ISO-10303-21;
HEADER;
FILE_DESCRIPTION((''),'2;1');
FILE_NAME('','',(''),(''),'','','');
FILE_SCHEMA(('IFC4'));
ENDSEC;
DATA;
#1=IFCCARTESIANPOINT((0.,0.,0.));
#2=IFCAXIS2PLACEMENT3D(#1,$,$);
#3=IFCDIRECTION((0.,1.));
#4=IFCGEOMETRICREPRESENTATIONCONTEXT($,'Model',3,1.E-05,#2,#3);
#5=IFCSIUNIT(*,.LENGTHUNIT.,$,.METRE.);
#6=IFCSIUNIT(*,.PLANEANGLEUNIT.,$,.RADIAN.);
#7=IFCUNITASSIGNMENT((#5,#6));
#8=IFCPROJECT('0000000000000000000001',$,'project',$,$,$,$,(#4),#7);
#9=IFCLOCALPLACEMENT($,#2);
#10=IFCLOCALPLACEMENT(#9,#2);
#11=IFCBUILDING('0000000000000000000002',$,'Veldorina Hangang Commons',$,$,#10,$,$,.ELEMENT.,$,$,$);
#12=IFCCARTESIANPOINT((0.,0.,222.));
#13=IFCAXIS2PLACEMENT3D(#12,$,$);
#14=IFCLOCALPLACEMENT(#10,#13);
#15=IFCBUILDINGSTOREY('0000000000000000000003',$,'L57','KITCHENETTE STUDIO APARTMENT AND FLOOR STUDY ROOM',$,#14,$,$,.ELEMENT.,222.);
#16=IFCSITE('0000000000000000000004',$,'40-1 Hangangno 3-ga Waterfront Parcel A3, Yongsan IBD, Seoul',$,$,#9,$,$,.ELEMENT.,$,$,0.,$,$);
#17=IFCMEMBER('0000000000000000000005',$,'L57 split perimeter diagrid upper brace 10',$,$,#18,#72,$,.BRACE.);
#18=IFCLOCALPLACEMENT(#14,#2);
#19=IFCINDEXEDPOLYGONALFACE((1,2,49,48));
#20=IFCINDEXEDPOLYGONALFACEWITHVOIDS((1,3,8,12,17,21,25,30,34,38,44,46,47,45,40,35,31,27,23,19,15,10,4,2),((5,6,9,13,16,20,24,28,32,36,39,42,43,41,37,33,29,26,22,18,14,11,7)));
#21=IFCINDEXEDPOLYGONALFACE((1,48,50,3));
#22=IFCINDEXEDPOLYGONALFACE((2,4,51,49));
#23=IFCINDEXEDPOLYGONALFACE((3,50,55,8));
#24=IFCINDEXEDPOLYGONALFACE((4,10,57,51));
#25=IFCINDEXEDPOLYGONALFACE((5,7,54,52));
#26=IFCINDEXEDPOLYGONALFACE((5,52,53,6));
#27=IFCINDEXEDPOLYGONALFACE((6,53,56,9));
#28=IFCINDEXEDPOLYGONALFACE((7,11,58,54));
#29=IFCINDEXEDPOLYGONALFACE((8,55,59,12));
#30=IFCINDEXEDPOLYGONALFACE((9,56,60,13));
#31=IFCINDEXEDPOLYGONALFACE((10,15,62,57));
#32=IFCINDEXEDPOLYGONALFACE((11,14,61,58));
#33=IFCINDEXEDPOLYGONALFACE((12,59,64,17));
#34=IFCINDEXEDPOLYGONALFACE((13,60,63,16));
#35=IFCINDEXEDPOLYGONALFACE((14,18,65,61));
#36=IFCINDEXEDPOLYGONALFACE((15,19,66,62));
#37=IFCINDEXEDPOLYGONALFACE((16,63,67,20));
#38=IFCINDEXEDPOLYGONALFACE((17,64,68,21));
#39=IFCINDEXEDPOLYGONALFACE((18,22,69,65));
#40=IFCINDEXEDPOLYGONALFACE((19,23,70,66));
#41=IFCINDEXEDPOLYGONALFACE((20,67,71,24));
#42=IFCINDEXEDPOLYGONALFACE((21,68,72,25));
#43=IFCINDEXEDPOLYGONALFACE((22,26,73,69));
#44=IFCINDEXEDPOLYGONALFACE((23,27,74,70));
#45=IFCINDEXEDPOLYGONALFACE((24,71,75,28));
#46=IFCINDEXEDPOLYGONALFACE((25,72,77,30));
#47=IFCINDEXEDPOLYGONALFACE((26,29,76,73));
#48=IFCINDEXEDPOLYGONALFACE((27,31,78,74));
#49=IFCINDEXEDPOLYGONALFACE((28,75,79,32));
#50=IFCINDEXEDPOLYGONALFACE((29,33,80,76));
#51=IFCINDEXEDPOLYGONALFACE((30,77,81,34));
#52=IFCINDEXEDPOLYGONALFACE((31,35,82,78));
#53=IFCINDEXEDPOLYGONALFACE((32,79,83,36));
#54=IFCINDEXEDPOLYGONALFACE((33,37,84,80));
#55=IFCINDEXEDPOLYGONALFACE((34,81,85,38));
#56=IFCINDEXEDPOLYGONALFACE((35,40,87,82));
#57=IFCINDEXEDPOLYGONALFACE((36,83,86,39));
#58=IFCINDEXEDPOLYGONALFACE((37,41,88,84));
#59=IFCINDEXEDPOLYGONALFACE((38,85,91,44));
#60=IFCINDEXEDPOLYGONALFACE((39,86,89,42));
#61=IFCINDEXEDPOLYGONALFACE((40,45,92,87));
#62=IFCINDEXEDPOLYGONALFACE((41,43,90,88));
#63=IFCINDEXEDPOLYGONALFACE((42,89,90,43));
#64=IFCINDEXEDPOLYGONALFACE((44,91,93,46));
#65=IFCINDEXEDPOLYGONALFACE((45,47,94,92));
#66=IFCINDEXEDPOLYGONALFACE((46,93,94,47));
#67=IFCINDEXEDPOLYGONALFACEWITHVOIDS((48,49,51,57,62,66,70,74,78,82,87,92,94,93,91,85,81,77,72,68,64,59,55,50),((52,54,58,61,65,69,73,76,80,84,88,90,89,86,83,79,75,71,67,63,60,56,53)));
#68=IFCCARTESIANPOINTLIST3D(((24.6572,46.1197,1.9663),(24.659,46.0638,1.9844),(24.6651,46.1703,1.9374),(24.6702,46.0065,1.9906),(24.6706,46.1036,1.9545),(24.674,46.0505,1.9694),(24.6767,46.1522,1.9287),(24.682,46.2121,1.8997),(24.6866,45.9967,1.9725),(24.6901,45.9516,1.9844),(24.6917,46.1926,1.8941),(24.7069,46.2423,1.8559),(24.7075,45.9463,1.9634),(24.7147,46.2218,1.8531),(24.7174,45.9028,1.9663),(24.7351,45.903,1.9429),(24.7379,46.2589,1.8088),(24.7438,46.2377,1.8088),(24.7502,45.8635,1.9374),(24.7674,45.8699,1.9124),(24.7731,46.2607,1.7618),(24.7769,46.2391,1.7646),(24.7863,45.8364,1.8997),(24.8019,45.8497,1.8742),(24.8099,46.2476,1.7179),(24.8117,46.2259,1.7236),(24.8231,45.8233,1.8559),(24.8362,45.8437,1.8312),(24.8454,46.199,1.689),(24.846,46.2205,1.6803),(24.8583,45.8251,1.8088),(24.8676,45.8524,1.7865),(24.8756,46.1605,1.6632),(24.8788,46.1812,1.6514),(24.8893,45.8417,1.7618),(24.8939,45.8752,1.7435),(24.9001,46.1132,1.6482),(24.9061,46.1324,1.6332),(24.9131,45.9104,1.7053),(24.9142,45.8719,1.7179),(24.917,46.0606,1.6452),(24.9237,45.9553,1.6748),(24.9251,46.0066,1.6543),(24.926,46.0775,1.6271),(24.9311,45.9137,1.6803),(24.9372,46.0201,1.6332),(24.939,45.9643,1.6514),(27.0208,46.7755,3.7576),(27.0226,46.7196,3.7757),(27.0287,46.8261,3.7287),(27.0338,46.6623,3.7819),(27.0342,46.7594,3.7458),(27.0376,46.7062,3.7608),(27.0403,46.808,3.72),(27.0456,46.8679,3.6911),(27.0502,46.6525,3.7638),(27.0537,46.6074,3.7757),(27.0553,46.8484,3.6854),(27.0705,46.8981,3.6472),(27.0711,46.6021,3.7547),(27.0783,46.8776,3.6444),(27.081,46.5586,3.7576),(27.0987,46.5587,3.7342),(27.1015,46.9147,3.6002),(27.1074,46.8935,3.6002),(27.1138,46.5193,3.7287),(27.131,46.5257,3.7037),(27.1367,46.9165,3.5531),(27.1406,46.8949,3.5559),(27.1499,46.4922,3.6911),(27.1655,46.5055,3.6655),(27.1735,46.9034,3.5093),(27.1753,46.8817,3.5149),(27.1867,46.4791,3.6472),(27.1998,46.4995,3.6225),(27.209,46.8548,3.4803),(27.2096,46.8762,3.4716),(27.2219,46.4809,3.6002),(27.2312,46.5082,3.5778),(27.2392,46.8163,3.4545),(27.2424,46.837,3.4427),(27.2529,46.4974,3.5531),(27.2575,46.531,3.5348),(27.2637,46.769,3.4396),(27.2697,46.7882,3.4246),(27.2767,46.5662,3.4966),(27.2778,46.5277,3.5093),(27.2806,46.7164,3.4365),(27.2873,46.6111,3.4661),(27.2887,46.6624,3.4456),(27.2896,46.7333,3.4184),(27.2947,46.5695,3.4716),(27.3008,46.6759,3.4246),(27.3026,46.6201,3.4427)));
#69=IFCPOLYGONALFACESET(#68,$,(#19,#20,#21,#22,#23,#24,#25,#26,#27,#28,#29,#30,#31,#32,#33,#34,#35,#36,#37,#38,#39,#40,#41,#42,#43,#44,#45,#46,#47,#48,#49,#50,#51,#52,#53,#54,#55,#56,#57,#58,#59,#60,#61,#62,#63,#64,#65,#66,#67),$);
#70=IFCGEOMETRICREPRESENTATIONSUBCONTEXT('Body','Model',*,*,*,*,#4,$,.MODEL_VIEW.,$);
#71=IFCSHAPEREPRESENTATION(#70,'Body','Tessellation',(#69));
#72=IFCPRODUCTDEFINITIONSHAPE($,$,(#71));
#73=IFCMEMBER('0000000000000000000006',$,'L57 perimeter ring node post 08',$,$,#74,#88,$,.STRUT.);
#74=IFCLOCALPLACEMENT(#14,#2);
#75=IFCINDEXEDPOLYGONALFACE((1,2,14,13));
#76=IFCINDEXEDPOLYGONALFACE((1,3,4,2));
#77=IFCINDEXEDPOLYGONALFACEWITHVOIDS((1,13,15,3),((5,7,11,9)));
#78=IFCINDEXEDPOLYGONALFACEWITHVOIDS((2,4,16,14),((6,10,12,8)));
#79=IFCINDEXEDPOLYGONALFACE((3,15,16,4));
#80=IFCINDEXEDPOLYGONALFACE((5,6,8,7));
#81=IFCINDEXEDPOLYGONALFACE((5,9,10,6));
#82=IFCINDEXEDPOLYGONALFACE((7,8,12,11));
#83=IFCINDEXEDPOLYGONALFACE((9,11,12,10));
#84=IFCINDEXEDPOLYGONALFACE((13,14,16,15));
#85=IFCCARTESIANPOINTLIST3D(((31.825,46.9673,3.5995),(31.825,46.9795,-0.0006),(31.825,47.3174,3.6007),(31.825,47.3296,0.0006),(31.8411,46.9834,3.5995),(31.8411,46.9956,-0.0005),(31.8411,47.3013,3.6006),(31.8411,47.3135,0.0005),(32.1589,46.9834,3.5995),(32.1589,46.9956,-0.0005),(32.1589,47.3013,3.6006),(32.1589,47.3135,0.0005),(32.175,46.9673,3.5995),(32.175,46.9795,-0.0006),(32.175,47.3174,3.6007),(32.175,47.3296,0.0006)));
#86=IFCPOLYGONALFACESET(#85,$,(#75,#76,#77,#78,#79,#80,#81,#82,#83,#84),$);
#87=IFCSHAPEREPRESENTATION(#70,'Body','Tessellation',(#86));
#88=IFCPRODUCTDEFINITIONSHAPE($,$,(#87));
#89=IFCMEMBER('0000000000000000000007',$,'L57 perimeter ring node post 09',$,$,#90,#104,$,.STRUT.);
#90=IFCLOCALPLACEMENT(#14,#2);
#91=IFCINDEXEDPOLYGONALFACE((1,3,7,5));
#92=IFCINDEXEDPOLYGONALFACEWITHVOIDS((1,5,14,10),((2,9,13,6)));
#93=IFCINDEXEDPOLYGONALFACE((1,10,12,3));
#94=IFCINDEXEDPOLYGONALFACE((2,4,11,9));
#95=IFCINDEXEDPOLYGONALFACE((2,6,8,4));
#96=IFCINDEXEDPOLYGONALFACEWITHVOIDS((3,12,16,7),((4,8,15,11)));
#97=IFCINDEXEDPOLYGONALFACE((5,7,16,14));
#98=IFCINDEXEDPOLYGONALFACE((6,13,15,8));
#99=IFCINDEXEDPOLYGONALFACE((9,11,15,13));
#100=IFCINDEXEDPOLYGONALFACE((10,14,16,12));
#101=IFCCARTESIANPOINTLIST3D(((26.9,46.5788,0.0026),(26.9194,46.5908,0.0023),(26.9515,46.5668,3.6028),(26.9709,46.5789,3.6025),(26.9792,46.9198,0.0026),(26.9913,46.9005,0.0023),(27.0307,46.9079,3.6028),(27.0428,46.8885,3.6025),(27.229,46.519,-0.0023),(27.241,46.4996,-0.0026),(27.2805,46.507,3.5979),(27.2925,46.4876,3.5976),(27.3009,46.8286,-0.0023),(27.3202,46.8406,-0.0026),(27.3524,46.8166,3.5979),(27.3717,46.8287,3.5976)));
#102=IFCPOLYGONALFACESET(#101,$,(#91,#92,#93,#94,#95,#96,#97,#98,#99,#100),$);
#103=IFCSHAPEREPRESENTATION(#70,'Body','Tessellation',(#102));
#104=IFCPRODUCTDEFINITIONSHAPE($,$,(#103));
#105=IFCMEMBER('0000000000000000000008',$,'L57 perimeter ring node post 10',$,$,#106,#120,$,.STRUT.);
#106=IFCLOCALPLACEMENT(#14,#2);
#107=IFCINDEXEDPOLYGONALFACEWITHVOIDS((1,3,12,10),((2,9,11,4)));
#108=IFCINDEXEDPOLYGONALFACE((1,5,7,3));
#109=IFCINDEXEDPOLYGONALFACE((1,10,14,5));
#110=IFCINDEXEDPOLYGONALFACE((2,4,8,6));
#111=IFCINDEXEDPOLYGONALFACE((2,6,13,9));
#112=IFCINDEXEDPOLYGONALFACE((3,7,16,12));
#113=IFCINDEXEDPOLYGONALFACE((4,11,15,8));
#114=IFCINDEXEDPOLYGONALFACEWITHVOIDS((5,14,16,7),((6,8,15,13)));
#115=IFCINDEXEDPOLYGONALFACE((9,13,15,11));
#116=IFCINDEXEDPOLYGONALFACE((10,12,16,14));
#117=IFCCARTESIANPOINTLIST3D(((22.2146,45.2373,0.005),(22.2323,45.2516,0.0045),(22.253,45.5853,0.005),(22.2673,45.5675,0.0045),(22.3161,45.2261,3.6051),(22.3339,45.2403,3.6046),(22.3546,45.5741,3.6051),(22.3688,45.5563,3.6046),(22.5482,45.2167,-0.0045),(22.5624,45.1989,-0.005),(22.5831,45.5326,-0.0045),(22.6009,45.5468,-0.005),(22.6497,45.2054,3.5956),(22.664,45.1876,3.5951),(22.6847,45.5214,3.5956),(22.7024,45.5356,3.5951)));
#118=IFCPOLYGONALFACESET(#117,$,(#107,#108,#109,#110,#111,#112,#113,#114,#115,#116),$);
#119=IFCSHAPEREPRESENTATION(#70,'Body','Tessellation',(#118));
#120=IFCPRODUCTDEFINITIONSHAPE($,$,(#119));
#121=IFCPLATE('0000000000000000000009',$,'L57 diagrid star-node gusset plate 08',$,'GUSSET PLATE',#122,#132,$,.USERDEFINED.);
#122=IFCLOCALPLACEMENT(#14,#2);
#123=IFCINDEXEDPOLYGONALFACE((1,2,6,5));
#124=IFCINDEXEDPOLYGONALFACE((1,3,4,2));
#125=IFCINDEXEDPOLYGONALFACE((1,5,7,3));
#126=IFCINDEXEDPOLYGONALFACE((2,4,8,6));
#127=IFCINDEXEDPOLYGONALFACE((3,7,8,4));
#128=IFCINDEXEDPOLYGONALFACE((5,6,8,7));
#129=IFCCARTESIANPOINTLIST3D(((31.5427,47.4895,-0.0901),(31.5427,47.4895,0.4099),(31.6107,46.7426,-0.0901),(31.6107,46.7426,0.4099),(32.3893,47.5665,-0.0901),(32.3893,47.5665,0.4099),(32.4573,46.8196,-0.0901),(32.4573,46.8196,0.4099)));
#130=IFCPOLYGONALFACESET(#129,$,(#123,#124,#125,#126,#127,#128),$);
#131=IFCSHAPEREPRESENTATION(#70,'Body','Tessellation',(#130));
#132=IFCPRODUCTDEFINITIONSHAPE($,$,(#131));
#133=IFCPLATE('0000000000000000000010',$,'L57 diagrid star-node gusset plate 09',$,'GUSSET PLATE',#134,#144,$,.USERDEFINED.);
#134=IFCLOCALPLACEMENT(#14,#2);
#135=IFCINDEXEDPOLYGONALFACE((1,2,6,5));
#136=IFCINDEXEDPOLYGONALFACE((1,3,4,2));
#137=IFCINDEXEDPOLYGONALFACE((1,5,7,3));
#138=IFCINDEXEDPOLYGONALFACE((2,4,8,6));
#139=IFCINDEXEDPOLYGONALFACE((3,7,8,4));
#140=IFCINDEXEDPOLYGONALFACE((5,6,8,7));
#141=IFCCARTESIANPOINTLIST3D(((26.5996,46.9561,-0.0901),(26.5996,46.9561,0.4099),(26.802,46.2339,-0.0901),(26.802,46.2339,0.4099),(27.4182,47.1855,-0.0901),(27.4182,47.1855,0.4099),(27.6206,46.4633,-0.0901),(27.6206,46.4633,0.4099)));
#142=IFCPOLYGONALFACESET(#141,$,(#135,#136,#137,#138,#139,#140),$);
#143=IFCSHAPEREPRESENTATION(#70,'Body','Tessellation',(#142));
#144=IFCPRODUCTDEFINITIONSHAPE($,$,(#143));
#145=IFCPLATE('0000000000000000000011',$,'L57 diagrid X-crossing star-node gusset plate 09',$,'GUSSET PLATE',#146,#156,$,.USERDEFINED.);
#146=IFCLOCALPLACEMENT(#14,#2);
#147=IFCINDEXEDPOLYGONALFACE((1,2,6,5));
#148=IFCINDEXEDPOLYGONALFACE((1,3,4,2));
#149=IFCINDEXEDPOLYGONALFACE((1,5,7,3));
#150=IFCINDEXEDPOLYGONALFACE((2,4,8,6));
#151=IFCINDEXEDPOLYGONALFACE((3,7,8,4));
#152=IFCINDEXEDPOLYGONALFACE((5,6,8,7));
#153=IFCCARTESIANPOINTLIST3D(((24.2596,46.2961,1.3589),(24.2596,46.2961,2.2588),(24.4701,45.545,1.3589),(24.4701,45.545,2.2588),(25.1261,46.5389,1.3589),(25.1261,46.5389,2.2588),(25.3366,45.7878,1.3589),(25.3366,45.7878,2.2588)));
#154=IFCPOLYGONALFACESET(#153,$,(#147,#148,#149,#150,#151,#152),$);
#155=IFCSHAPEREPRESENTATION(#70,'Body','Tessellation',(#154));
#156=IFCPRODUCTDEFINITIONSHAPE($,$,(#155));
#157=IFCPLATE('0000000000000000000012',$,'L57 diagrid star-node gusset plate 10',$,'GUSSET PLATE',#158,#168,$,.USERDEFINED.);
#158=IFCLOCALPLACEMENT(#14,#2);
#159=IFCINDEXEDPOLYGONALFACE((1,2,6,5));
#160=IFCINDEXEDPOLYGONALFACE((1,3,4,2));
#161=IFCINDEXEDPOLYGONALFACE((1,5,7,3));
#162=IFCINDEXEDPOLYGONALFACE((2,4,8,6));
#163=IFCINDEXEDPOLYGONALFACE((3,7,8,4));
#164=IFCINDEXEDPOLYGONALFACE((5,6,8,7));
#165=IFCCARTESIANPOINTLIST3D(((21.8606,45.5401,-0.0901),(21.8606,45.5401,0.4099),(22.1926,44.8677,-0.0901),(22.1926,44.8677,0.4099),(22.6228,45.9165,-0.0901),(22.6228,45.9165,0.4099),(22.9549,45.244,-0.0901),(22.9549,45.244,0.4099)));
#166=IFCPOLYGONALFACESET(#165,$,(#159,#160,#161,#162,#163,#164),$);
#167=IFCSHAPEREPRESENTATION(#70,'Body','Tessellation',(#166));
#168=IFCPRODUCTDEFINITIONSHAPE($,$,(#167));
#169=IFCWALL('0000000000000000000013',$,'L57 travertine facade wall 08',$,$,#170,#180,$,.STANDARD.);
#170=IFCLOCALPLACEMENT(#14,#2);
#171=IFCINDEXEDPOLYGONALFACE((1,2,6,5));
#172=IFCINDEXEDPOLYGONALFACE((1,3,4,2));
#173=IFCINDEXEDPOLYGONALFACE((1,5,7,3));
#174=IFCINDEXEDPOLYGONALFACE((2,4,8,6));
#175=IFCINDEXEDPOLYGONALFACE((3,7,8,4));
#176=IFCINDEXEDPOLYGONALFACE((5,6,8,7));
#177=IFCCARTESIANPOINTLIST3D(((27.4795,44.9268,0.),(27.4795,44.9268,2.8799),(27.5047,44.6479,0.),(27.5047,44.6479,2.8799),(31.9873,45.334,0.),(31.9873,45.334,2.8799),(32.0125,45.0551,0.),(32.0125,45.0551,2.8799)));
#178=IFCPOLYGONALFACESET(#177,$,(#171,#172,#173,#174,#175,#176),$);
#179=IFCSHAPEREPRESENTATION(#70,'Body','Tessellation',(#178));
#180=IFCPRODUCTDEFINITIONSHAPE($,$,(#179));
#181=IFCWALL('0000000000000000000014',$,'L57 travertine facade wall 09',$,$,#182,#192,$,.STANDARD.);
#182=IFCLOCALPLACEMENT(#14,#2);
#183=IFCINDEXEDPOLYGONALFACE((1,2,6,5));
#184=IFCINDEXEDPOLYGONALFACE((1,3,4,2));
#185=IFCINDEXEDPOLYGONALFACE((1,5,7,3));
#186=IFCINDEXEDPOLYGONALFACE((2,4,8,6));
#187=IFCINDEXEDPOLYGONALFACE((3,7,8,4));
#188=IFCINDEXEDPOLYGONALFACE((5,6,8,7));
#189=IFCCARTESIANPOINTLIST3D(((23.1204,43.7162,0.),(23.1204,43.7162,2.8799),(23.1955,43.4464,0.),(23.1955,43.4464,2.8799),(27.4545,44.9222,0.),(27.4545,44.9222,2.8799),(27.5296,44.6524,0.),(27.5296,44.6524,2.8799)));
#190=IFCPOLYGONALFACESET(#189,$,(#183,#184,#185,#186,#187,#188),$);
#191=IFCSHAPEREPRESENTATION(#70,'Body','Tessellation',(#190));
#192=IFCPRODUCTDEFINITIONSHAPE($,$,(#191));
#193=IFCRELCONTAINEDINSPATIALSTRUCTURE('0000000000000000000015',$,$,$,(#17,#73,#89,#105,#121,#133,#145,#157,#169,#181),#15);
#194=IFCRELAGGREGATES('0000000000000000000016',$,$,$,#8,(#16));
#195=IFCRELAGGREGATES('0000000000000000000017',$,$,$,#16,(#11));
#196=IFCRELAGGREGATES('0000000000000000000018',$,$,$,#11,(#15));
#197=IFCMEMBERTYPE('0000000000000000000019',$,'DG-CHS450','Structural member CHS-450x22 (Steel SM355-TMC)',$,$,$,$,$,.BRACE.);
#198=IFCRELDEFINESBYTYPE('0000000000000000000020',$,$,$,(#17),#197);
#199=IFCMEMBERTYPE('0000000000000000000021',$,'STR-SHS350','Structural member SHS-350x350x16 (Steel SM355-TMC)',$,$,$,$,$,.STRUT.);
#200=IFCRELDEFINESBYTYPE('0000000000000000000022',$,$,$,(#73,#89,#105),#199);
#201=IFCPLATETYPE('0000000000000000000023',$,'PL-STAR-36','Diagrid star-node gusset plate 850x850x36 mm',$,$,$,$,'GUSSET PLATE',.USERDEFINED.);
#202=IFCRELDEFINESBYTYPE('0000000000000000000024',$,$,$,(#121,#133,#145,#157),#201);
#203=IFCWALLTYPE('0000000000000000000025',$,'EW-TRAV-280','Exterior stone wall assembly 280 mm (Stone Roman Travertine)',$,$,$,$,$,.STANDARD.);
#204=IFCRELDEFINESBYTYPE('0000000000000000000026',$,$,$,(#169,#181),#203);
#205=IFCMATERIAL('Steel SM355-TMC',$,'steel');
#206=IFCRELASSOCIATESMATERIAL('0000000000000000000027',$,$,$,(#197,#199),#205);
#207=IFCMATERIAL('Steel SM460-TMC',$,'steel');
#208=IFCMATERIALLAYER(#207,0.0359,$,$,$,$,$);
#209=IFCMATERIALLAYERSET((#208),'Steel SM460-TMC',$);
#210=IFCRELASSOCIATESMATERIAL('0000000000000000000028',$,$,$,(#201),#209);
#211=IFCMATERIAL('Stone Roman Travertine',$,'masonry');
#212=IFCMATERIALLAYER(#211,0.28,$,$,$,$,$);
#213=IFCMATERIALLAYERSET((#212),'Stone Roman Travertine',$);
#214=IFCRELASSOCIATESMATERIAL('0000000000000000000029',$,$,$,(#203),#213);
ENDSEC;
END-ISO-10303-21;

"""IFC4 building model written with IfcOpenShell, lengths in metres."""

from ifc_helpers import new_model, si_unit, direction, frame, frame_2d, origin, origin_2d, place, context, subcontext, project, spatial, rectangle, hollow_rectangle, hollow_circle, extrude, material, layer, layer_set, material_profile, profile_set, type_object, element, save


model = new_model("IFC4")

# Units and contexts
model_context = context("Model", 3, precision=1e-05, world=origin(), true_north=direction((0.0, 1.0)))
body_context = subcontext(model_context, "Body", "Model", "MODEL_VIEW")
ifc_project = project(units=[si_unit("LENGTHUNIT", "METRE"), si_unit("PLANEANGLEUNIT", "RADIAN")], contexts=[model_context])

# Site, building, storey
site_placement = place(None, origin())
site = spatial("IfcSite", under=ifc_project, at=site_placement, Name="40-1 Hangangno 3-ga Waterfront Parcel A3, Yongsan IBD, Seoul", CompositionType="ELEMENT", RefElevation=0.0)
building_placement = place(site_placement, origin())
building = spatial("IfcBuilding", under=site, at=building_placement, Name="Veldorina Hangang Commons", CompositionType="ELEMENT")
storey_placement = place(building_placement, frame((0.0, 0.0, 222.0)))
storey = spatial("IfcBuildingStorey", under=building, at=storey_placement, Name="L57", Description="KITCHENETTE STUDIO APARTMENT AND FLOOR STUDY ROOM", CompositionType="ELEMENT", Elevation=222.0)

# Shared definitions
ifc_material_1 = material(Name="Steel SM355-TMC", Category="steel")

# Members
ifc_material_profile_1 = material_profile(ifc_material_1, hollow_circle(Radius=0.2251, WallThickness=0.022, at=origin_2d()), Name="CHS-450x22")
ifc_profile_set_1 = profile_set([ifc_material_profile_1], Name="Steel SM355-TMC")
member_type_1 = type_object("IfcMemberType", Name="DG-CHS450", Description="Structural member CHS-450x22 (Steel SM355-TMC)", PredefinedType="BRACE", material=ifc_profile_set_1)
member_1_placement = place(storey_placement, frame((24.7981, 46.042, 1.8088), z_axis=(0.778179, 0.215906, 0.589764), x_axis=(-0.267351, 0.963599, 0.0)))
element("IfcMember", 1, at=member_1_placement, inside=storey, type_object=member_type_1, Name="L57 split perimeter diagrid upper brace 10", PredefinedType="BRACE", context=body_context, shape_type="SweptSolid", body=[
    extrude(hollow_circle(Radius=0.2251, WallThickness=0.022, at=origin_2d()), origin(), (0.0, 0.0, 1.0), 3.0374),
])
ifc_material_profile_2 = material_profile(ifc_material_1, hollow_rectangle(XDim=0.3501, YDim=0.3501, WallThickness=0.0161, at=origin_2d()), Name="SHS-350x350x16")
ifc_profile_set_2 = profile_set([ifc_material_profile_2], Name="Steel SM355-TMC")
member_type_2 = type_object("IfcMemberType", Name="STR-SHS350", Description="Structural member SHS-350x350x16 (Steel SM355-TMC)", PredefinedType="STRUT", material=ifc_profile_set_2)
member_2_placement = place(storey_placement, frame((32.0, 47.1545, 0.0), z_axis=(0.0, -0.003391, 0.999994), x_axis=(1.0, 0.0, 0.0)))
element("IfcMember", 2, at=member_2_placement, inside=storey, type_object=member_type_2, Name="L57 perimeter ring node post 08", PredefinedType="STRUT", context=body_context, shape_type="SweptSolid", body=[
    extrude(hollow_rectangle(XDim=0.3501, YDim=0.3501, WallThickness=0.0161, at=origin_2d()), origin(), (0.0, 0.0, 1.0), 3.6001),
])
member_3_placement = place(storey_placement, frame((27.1101, 46.7097, 0.0), z_axis=(0.014307, -0.003323, 0.999892), x_axis=(0.226208, 0.974079, 0.0)))
element("IfcMember", 3, at=member_3_placement, inside=storey, type_object=member_type_2, Name="L57 perimeter ring node post 09", PredefinedType="STRUT", context=body_context, shape_type="SweptSolid", body=[
    extrude(hollow_rectangle(XDim=0.3501, YDim=0.3501, WallThickness=0.0161, at=origin_2d()), origin(), (0.0, 0.0, 1.0), 3.6006),
])
member_4_placement = place(storey_placement, frame((22.4077, 45.3921, 0.0), z_axis=(0.0282, -0.003118, 0.999597), x_axis=(0.109907, 0.993942, 0.0)))
element("IfcMember", 4, at=member_4_placement, inside=storey, type_object=member_type_2, Name="L57 perimeter ring node post 10", PredefinedType="STRUT", context=body_context, shape_type="SweptSolid", body=[
    extrude(hollow_rectangle(XDim=0.3501, YDim=0.3501, WallThickness=0.0161, at=origin_2d()), origin(), (0.0, 0.0, 1.0), 3.6016),
])

# Plates
ifc_material_2 = material(Name="Steel SM460-TMC", Category="steel")
ifc_layer_1 = layer(ifc_material_2, 0.0359)
ifc_layer_set_1 = layer_set([ifc_layer_1], Name="Steel SM460-TMC")
plate_type = type_object("IfcPlateType", Name="PL-STAR-36", Description="Diagrid star-node gusset plate 850x850x36 mm", ElementType="GUSSET PLATE", PredefinedType="USERDEFINED", material=ifc_layer_set_1)
for number, where, z_axis, x_axis, name in (
    (5, (32.0, 47.1545, -0.0901), (0.0, 0.0, 1.0), (-0.995886, -0.090615, 0.0), "L57 diagrid star-node gusset plate 08"),
    (6, (27.1101, 46.7097, -0.0901), (0.0, 0.0, 1.0), (-0.962913, -0.269811, 0.0), "L57 diagrid star-node gusset plate 09"),
):
    element("IfcPlate", number, at=place(storey_placement, frame(where, z_axis=z_axis, x_axis=x_axis)), inside=storey, type_object=plate_type, Name=name, ObjectType="GUSSET PLATE", PredefinedType="USERDEFINED", context=body_context, shape_type="SweptSolid", body=[
        extrude(rectangle(XDim=0.8501, YDim=0.75, at=origin_2d()), origin(), (0.0, 0.0, 1.0), 0.5),
    ])
plate_1_placement = place(storey_placement, frame((24.7981, 46.042, 1.3589), z_axis=(0.0, 0.0, 1.0), x_axis=(-0.962913, -0.269811, 0.0)))
element("IfcPlate", 7, at=plate_1_placement, inside=storey, type_object=plate_type, Name="L57 diagrid X-crossing star-node gusset plate 09", ObjectType="GUSSET PLATE", PredefinedType="USERDEFINED", context=body_context, shape_type="SweptSolid", body=[
    extrude(rectangle(XDim=0.8999, YDim=0.78, at=origin_2d()), origin(), (0.0, 0.0, 1.0), 0.8999),
])
plate_2_placement = place(storey_placement, frame((22.4077, 45.3921, -0.0901), z_axis=(0.0, 0.0, 1.0), x_axis=(-0.896649, -0.442743, 0.0)))
element("IfcPlate", 8, at=plate_2_placement, inside=storey, type_object=plate_type, Name="L57 diagrid star-node gusset plate 10", ObjectType="GUSSET PLATE", PredefinedType="USERDEFINED", context=body_context, shape_type="SweptSolid", body=[
    extrude(rectangle(XDim=0.8501, YDim=0.75, at=origin_2d()), origin(), (0.0, 0.0, 1.0), 0.5),
])

# Walls
ifc_material_3 = material(Name="Stone Roman Travertine", Category="masonry")
ifc_layer_2 = layer(ifc_material_3, 0.28)
ifc_layer_set_2 = layer_set([ifc_layer_2], Name="Stone Roman Travertine")
wall_type_1 = type_object("IfcWallType", Name="EW-TRAV-280", Description="Exterior stone wall assembly 280 mm (Stone Roman Travertine)", PredefinedType="STANDARD", material=ifc_layer_set_2)
wall_1_placement = place(storey_placement, frame((32.0, 45.1946, 0.0), z_axis=(0.0, 0.0, 1.0), x_axis=(-0.995944, -0.089972, 0.0)))
element("IfcWall", 9, at=wall_1_placement, inside=storey, type_object=wall_type_1, Name="L57 travertine facade wall 08", PredefinedType="STANDARD", context=body_context, shape_type="SweptSolid", body=[
    extrude(rectangle(XDim=4.5261, YDim=0.28, at=frame_2d((2.2632, 0.0))), origin(), (0.0, 0.0, 1.0), 2.8799),
])
wall_2_placement = place(storey_placement, frame((27.4922, 44.7874, 0.0), z_axis=(0.0, 0.0, 1.0), x_axis=(-0.963397, -0.268078, 0.0)))
element("IfcWall", 10, at=wall_2_placement, inside=storey, type_object=wall_type_1, Name="L57 travertine facade wall 09", PredefinedType="STANDARD", context=body_context, shape_type="SweptSolid", body=[
    extrude(rectangle(XDim=4.4988, YDim=0.28, at=frame_2d((2.2495, 0.0))), origin(), (0.0, 0.0, 1.0), 2.8799),
])

save(model, "model.ifc")
